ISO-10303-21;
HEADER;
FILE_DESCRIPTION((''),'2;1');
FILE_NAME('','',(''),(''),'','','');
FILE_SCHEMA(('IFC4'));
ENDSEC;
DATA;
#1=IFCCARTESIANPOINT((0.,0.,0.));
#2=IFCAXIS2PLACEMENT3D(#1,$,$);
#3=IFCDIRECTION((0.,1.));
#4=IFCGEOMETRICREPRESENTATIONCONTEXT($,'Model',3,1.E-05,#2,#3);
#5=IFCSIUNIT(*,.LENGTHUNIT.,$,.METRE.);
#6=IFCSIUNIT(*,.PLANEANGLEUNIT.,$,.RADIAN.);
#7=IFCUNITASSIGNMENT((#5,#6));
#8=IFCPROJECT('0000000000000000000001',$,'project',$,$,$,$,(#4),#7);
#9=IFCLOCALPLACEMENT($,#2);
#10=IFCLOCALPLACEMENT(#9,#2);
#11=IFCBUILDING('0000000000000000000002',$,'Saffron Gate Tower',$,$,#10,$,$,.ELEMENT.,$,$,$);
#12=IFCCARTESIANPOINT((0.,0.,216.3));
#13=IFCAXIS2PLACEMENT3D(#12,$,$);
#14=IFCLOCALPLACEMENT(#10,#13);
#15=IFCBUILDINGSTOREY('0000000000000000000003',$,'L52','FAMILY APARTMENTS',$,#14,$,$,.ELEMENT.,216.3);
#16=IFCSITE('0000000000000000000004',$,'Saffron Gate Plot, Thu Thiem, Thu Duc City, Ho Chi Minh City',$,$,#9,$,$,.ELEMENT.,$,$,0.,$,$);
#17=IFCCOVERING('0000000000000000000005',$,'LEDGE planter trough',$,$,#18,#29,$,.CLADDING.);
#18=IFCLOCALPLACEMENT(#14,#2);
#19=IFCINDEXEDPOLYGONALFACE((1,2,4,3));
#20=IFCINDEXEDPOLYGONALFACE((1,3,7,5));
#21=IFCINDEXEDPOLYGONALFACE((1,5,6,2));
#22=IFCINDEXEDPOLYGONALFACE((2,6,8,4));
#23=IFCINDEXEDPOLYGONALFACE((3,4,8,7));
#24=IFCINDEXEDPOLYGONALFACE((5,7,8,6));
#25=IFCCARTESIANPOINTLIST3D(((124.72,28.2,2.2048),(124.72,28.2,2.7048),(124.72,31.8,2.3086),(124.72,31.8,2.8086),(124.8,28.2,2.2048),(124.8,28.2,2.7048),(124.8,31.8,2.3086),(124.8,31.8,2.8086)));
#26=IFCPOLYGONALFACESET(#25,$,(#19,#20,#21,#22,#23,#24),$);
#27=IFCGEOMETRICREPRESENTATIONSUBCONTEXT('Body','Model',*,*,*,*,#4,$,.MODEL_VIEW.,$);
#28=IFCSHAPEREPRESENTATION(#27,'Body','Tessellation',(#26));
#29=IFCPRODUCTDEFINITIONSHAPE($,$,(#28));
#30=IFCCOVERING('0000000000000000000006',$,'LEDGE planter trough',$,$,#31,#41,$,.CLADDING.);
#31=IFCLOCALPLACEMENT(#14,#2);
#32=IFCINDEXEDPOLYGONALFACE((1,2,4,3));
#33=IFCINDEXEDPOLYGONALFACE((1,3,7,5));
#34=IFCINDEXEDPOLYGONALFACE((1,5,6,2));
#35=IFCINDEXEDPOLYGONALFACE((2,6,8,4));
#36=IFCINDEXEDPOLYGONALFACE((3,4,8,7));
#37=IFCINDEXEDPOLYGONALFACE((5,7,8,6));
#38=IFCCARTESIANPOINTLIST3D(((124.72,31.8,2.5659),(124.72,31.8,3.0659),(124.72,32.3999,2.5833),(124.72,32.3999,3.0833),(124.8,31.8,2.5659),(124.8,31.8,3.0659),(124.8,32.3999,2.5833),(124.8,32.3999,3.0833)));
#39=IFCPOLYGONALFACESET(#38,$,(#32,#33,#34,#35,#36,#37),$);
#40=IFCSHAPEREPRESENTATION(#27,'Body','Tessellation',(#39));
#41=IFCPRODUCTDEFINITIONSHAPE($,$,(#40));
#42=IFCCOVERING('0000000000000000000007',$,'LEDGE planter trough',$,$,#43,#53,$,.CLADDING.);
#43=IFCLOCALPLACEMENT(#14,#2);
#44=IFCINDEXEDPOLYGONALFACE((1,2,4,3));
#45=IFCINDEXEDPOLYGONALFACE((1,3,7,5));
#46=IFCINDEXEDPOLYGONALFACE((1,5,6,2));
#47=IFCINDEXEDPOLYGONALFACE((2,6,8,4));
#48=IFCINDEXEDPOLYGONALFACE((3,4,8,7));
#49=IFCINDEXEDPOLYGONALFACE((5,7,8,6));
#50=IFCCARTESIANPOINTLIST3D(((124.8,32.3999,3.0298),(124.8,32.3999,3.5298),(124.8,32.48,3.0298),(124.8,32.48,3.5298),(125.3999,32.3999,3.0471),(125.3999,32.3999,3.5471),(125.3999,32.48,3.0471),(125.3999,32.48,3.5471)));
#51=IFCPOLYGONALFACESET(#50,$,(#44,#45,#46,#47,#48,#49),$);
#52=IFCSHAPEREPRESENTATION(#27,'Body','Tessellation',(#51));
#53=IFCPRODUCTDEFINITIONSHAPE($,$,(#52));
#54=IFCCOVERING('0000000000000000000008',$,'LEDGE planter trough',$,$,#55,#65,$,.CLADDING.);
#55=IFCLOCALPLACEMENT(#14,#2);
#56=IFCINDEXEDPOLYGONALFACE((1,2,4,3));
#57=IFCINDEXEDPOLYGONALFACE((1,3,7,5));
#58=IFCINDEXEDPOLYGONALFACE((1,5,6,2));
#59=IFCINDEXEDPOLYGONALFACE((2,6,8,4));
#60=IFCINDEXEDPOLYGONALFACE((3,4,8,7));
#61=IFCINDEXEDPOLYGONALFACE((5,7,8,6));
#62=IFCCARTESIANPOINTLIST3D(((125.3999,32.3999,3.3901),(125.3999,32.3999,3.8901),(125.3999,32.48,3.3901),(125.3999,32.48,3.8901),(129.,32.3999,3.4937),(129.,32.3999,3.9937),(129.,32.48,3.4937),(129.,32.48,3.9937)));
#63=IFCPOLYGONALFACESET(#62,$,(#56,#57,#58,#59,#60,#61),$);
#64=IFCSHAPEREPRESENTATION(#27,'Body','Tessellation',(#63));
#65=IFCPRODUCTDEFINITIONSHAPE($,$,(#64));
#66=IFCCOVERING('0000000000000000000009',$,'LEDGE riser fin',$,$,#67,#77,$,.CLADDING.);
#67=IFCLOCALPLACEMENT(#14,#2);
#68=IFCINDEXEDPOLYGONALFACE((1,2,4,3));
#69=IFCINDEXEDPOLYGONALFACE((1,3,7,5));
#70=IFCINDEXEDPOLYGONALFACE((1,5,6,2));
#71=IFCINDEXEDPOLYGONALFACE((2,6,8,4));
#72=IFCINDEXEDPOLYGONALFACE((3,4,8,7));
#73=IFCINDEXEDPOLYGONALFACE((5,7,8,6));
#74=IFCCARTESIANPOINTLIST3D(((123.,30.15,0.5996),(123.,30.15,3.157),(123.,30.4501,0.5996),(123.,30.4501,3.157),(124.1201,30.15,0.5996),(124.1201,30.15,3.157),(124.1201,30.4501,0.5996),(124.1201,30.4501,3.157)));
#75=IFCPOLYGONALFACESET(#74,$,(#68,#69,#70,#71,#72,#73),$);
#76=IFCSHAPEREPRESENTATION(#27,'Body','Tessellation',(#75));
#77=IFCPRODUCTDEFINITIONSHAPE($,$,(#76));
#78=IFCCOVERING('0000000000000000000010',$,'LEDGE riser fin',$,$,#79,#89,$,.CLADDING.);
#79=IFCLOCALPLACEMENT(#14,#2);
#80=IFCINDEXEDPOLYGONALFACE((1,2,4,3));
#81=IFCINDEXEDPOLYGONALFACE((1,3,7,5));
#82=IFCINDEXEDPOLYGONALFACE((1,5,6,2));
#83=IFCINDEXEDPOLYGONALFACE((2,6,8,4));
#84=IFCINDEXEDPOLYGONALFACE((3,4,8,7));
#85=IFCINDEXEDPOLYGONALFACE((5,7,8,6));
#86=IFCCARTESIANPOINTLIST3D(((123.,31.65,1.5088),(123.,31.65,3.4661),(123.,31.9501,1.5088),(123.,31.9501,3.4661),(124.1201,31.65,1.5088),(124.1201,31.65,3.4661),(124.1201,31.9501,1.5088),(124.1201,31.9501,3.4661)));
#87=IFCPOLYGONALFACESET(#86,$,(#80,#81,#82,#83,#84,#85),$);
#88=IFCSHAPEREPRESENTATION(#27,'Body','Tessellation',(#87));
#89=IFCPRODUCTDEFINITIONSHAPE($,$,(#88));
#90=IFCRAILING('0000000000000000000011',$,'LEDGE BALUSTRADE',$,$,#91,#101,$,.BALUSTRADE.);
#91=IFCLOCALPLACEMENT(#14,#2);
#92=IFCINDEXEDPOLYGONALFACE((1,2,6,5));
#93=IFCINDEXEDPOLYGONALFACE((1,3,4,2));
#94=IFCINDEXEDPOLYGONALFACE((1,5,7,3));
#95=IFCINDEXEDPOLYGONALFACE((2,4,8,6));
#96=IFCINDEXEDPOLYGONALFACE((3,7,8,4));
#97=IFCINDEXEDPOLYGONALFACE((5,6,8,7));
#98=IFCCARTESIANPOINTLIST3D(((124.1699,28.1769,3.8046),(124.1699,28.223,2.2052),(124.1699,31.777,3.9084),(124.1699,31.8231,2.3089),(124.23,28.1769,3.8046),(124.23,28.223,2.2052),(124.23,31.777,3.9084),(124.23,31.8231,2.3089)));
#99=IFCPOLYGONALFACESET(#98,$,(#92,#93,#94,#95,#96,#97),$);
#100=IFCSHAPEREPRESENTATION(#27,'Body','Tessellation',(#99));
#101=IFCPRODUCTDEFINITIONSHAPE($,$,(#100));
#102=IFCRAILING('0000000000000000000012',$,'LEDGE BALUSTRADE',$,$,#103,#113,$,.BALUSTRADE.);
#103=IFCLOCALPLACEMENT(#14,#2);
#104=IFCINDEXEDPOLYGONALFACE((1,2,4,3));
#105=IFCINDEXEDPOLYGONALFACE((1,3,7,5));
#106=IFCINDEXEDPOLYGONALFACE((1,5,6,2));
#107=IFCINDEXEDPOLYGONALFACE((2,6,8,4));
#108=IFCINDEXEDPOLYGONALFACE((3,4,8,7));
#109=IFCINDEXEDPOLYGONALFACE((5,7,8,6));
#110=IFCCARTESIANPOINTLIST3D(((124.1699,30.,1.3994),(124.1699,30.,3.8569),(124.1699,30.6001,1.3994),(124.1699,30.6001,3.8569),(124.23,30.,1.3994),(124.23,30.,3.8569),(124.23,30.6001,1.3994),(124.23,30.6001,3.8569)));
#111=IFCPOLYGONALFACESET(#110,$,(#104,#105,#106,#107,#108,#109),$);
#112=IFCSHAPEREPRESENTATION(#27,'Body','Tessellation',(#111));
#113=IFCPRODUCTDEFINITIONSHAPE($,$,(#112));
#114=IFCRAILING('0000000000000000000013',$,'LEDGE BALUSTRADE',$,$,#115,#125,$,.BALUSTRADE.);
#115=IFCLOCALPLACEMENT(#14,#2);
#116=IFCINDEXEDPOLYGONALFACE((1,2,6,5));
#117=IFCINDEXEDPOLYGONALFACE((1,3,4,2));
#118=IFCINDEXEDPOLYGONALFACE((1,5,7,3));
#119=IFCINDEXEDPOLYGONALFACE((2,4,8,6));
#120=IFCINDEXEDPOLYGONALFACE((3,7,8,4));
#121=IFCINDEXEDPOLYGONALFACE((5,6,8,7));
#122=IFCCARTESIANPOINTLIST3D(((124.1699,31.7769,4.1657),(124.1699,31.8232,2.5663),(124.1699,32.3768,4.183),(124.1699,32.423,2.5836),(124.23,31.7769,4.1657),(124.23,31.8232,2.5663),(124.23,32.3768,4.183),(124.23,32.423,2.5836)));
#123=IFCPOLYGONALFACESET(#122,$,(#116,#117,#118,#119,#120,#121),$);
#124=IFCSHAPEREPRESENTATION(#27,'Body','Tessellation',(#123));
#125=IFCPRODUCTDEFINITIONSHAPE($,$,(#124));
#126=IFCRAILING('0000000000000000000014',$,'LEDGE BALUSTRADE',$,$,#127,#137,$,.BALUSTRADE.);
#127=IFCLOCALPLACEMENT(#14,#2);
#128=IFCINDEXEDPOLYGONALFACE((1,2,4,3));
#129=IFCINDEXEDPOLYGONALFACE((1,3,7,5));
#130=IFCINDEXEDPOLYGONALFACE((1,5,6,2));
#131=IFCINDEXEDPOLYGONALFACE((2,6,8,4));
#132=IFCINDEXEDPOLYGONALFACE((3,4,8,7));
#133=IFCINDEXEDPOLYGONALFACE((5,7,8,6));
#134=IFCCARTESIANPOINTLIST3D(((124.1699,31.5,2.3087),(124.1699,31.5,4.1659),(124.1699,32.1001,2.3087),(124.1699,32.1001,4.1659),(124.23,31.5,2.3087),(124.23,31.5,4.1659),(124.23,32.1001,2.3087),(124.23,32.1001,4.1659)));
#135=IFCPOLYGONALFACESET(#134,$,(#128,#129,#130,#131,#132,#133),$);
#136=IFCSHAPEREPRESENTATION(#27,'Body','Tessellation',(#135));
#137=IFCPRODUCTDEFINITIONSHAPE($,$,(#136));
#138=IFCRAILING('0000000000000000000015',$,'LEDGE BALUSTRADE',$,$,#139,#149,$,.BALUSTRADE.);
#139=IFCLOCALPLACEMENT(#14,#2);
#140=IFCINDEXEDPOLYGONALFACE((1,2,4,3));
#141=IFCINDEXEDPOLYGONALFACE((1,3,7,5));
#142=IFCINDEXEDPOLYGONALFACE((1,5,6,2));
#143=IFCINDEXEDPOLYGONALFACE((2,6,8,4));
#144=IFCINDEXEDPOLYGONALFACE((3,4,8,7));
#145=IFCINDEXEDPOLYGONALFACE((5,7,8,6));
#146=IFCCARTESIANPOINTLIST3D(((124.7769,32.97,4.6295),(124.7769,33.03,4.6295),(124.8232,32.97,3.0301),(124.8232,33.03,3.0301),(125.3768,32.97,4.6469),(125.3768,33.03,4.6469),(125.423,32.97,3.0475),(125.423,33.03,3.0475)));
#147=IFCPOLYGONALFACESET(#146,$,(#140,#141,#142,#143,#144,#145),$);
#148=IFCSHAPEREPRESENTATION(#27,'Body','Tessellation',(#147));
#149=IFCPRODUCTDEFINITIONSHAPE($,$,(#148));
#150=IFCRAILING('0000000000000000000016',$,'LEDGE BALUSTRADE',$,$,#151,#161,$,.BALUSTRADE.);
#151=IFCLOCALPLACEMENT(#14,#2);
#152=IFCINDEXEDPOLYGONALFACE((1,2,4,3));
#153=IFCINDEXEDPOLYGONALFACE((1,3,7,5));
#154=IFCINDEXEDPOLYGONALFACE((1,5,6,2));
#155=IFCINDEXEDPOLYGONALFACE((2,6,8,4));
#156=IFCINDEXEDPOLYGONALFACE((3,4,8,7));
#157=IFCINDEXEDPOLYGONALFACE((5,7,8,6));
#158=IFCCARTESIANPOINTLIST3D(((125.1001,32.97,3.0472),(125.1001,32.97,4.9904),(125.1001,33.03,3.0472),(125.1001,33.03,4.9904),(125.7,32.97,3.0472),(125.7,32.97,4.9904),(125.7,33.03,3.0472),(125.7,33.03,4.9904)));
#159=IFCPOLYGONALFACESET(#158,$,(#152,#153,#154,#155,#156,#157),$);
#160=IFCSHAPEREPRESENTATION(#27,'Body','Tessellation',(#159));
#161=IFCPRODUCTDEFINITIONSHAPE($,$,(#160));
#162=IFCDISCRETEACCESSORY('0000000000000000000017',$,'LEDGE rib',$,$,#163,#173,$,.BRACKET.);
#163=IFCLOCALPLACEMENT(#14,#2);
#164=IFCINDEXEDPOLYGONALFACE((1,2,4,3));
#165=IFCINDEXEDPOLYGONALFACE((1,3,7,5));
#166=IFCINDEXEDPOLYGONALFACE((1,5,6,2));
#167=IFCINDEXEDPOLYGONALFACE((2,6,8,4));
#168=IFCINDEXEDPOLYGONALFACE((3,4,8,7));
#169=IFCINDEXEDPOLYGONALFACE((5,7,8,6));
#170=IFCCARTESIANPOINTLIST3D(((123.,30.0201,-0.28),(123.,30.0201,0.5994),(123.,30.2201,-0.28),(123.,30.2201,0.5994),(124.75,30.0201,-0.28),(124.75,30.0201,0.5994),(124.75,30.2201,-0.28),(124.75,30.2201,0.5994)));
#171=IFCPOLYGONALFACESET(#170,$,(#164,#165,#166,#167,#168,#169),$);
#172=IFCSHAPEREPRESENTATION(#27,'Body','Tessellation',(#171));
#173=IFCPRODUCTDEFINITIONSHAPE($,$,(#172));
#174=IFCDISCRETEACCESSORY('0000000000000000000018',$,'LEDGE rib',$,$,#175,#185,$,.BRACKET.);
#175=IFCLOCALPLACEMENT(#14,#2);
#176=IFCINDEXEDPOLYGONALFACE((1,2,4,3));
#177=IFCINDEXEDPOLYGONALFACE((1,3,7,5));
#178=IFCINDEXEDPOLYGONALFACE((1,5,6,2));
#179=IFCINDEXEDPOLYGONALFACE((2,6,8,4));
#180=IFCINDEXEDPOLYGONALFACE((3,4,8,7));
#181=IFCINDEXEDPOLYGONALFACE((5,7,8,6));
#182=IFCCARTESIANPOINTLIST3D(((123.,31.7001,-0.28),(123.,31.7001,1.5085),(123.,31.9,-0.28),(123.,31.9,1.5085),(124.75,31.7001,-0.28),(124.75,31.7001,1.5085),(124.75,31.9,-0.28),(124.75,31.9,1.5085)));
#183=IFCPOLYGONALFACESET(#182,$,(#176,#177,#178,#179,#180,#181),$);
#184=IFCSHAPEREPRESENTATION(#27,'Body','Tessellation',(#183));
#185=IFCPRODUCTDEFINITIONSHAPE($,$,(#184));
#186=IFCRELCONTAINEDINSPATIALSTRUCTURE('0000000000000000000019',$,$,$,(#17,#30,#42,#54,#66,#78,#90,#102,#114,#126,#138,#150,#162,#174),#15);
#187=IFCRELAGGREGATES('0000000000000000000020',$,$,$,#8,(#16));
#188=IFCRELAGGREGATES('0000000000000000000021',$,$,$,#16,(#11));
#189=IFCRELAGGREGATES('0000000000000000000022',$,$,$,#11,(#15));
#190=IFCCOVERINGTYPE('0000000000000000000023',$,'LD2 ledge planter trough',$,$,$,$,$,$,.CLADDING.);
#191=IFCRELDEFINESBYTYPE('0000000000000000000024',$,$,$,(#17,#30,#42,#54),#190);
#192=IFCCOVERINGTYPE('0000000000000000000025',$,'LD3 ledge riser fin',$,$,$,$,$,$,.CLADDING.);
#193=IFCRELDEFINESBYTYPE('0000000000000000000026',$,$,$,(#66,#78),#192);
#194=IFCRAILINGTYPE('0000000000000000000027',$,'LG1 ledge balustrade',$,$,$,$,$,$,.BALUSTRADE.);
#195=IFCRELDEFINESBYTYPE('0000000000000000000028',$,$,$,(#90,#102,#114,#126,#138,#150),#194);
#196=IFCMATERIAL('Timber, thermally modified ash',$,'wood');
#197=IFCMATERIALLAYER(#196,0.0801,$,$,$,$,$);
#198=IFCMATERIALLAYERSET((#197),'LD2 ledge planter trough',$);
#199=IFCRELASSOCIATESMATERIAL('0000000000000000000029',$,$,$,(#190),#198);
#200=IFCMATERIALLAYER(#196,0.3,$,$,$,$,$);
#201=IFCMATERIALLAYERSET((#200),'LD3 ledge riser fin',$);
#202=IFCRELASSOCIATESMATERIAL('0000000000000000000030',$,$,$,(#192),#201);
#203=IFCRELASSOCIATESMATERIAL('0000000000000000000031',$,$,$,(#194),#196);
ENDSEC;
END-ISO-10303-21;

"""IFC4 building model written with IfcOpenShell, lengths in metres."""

from ifc_helpers import new_model, si_unit, direction, frame, origin, origin_2d, place, context, subcontext, project, spatial, polyline, rectangle, outline, extrude, material, layer, layer_set, type_object, element, save


model = new_model("IFC4")

# Units and contexts
model_context = context("Model", 3, precision=1e-05, world=origin(), true_north=direction((0.0, 1.0)))
body_context = subcontext(model_context, "Body", "Model", "MODEL_VIEW")
ifc_project = project(units=[si_unit("LENGTHUNIT", "METRE"), si_unit("PLANEANGLEUNIT", "RADIAN")], contexts=[model_context])

# Site, building, storey
site_placement = place(None, origin())
site = spatial("IfcSite", under=ifc_project, at=site_placement, Name="Saffron Gate Plot, Thu Thiem, Thu Duc City, Ho Chi Minh City", CompositionType="ELEMENT", RefElevation=0.0)
building_placement = place(site_placement, origin())
building = spatial("IfcBuilding", under=site, at=building_placement, Name="Saffron Gate Tower", CompositionType="ELEMENT")
storey_placement = place(building_placement, frame((0.0, 0.0, 216.3)))
storey = spatial("IfcBuildingStorey", under=building, at=storey_placement, Name="L52", Description="FAMILY APARTMENTS", CompositionType="ELEMENT", Elevation=216.3)

# Coverings
ifc_material = material(Name="Timber, thermally modified ash", Category="wood")
ifc_layer_1 = layer(ifc_material, 0.0801)
ifc_layer_set_1 = layer_set([ifc_layer_1], Name="LD2 ledge planter trough")
covering_type_1 = type_object("IfcCoveringType", Name="LD2 ledge planter trough", PredefinedType="CLADDING", material=ifc_layer_set_1)
covering_1_placement = place(storey_placement, frame((124.8, 28.2, 2.2048), z_axis=(1.0, 0.0, 0.0), x_axis=(0.0, 0.999585, 0.028809)))
element("IfcCovering", 1, at=covering_1_placement, inside=storey, type_object=covering_type_1, Name="LEDGE planter trough", PredefinedType="CLADDING", context=body_context, shape_type="SweptSolid", body=[
    extrude(outline(polyline([(0.0, 0.0), (3.6016, 0.0), (3.616, 0.4998), (0.0144, 0.4998), (0.0, 0.0)])), origin(), (0.0, 0.0, -1.0), 0.0801),
])
for number, where, z_axis, x_axis, name in (
    (2, (124.8, 31.8, 2.5659), (1.0, 0.0, 0.0), (0.0, 0.999583, 0.028885), "LEDGE planter trough"),
    (3, (124.8, 32.3999, 3.0298), (0.0, -1.0, 0.0), (0.999583, 0.0, 0.028885), "LEDGE planter trough"),
):
    element("IfcCovering", number, at=place(storey_placement, frame(where, z_axis=z_axis, x_axis=x_axis)), inside=storey, type_object=covering_type_1, Name=name, PredefinedType="CLADDING", context=body_context, shape_type="SweptSolid", body=[
        extrude(outline(polyline([(0.0, 0.0), (0.6001, 0.0), (0.6145, 0.4998), (0.0144, 0.4998), (0.0, 0.0)])), origin(), (0.0, 0.0, -1.0), 0.0801),
    ])
covering_2_placement = place(storey_placement, frame((125.3999, 32.3999, 3.3901), z_axis=(0.0, -1.0, 0.0), x_axis=(0.999587, 0.0, 0.028742)))
element("IfcCovering", 4, at=covering_2_placement, inside=storey, type_object=covering_type_1, Name="LEDGE planter trough", PredefinedType="CLADDING", context=body_context, shape_type="SweptSolid", body=[
    extrude(outline(polyline([(0.0, 0.0), (3.6016, 0.0), (3.616, 0.4998), (0.0144, 0.4998), (0.0, 0.0)])), origin(), (0.0, 0.0, -1.0), 0.0801),
])
ifc_layer_2 = layer(ifc_material, 0.3)
ifc_layer_set_2 = layer_set([ifc_layer_2], Name="LD3 ledge riser fin")
covering_type_2 = type_object("IfcCoveringType", Name="LD3 ledge riser fin", PredefinedType="CLADDING", material=ifc_layer_set_2)
covering_3_placement = place(storey_placement, frame((123.5601, 30.3, 0.5996), z_axis=(0.0, 0.0, 1.0), x_axis=(0.0, 1.0, 0.0)))
element("IfcCovering", 5, at=covering_3_placement, inside=storey, type_object=covering_type_2, Name="LEDGE riser fin", PredefinedType="CLADDING", context=body_context, shape_type="SweptSolid", body=[
    extrude(rectangle(XDim=0.3, YDim=1.1201, at=origin_2d()), origin(), (0.0, 0.0, 1.0), 2.5574),
])
covering_4_placement = place(storey_placement, frame((123.5601, 31.8, 1.5088), z_axis=(0.0, 0.0, 1.0), x_axis=(0.0, 1.0, 0.0)))
element("IfcCovering", 6, at=covering_4_placement, inside=storey, type_object=covering_type_2, Name="LEDGE riser fin", PredefinedType="CLADDING", context=body_context, shape_type="SweptSolid", body=[
    extrude(rectangle(XDim=0.3, YDim=1.1201, at=origin_2d()), origin(), (0.0, 0.0, 1.0), 1.9573),
])

# Railings
railing_type = type_object("IfcRailingType", Name="LG1 ledge balustrade", PredefinedType="BALUSTRADE", material=ifc_material)
railing_1_placement = place(storey_placement, frame((124.2, 28.2, 2.2048)))
element("IfcRailing", 7, at=railing_1_placement, inside=storey, type_object=railing_type, Name="LEDGE BALUSTRADE", PredefinedType="BALUSTRADE", context=body_context, shape_type="SweptSolid", body=[
    extrude(rectangle(XDim=0.0601, YDim=1.6001, at=origin_2d()), frame((0.0, 0.0, 0.8), z_axis=(0.0, 0.999585, 0.028809), x_axis=(-1.0, 0.0, 0.0)), (0.0, 0.0, 1.0), 3.6016),
])
railing_2_placement = place(storey_placement, frame((124.2, 30.0, 1.3994)))
element("IfcRailing", 8, at=railing_2_placement, inside=storey, type_object=railing_type, Name="LEDGE BALUSTRADE", PredefinedType="BALUSTRADE", context=body_context, shape_type="SweptSolid", body=[
    extrude(rectangle(XDim=0.0601, YDim=2.4575, at=origin_2d()), frame((0.0, 0.0, 1.2288), z_axis=(0.0, 1.0, 0.0), x_axis=(-1.0, 0.0, 0.0)), (0.0, 0.0, 1.0), 0.6001),
])
railing_3_placement = place(storey_placement, frame((124.2, 31.8, 2.5659)))
element("IfcRailing", 9, at=railing_3_placement, inside=storey, type_object=railing_type, Name="LEDGE BALUSTRADE", PredefinedType="BALUSTRADE", context=body_context, shape_type="SweptSolid", body=[
    extrude(rectangle(XDim=0.0601, YDim=1.6001, at=origin_2d()), frame((0.0, 0.0, 0.8), z_axis=(0.0, 0.999583, 0.028885), x_axis=(-1.0, 0.0, 0.0)), (0.0, 0.0, 1.0), 0.6001),
])
railing_4_placement = place(storey_placement, frame((124.2, 31.5, 2.3086)))
element("IfcRailing", 10, at=railing_4_placement, inside=storey, type_object=railing_type, Name="LEDGE BALUSTRADE", PredefinedType="BALUSTRADE", context=body_context, shape_type="SweptSolid", body=[
    extrude(rectangle(XDim=0.0601, YDim=1.8572, at=origin_2d()), frame((0.0, 0.0, 0.9287), z_axis=(0.0, 1.0, 0.0), x_axis=(-1.0, 0.0, 0.0)), (0.0, 0.0, 1.0), 0.6001),
])
railing_5_placement = place(storey_placement, frame((124.8, 33.0, 3.0298)))
element("IfcRailing", 11, at=railing_5_placement, inside=storey, type_object=railing_type, Name="LEDGE BALUSTRADE", PredefinedType="BALUSTRADE", context=body_context, shape_type="SweptSolid", body=[
    extrude(rectangle(XDim=0.0601, YDim=1.6001, at=origin_2d()), frame((0.0, 0.0, 0.8), z_axis=(0.999583, 0.0, 0.028885), x_axis=(0.0, 1.0, 0.0)), (0.0, 0.0, 1.0), 0.6001),
])
railing_6_placement = place(storey_placement, frame((125.1001, 33.0, 3.0471)))
element("IfcRailing", 12, at=railing_6_placement, inside=storey, type_object=railing_type, Name="LEDGE BALUSTRADE", PredefinedType="BALUSTRADE", context=body_context, shape_type="SweptSolid", body=[
    extrude(rectangle(XDim=0.0601, YDim=1.9431, at=origin_2d()), frame((0.0, 0.0, 0.9717), z_axis=(1.0, 0.0, 0.0), x_axis=(0.0, 1.0, 0.0)), (0.0, 0.0, 1.0), 0.5999),
])

# Discrete accessories
discrete_accessory_1_placement = place(storey_placement, frame((123.875, 30.1201, -0.28), z_axis=(0.0, 0.0, 1.0), x_axis=(0.0, 1.0, 0.0)))
element("IfcDiscreteAccessory", 13, at=discrete_accessory_1_placement, inside=storey, Name="LEDGE rib", PredefinedType="BRACKET", context=body_context, shape_type="SweptSolid", body=[
    extrude(rectangle(XDim=0.2, YDim=1.75, at=origin_2d()), origin(), (0.0, 0.0, 1.0), 0.8794),
])
discrete_accessory_2_placement = place(storey_placement, frame((123.875, 31.8, -0.28), z_axis=(0.0, 0.0, 1.0), x_axis=(0.0, 1.0, 0.0)))
element("IfcDiscreteAccessory", 14, at=discrete_accessory_2_placement, inside=storey, Name="LEDGE rib", PredefinedType="BRACKET", context=body_context, shape_type="SweptSolid", body=[
    extrude(rectangle(XDim=0.2, YDim=1.75, at=origin_2d()), origin(), (0.0, 0.0, 1.0), 1.7886),
])

save(model, "model.ifc")
